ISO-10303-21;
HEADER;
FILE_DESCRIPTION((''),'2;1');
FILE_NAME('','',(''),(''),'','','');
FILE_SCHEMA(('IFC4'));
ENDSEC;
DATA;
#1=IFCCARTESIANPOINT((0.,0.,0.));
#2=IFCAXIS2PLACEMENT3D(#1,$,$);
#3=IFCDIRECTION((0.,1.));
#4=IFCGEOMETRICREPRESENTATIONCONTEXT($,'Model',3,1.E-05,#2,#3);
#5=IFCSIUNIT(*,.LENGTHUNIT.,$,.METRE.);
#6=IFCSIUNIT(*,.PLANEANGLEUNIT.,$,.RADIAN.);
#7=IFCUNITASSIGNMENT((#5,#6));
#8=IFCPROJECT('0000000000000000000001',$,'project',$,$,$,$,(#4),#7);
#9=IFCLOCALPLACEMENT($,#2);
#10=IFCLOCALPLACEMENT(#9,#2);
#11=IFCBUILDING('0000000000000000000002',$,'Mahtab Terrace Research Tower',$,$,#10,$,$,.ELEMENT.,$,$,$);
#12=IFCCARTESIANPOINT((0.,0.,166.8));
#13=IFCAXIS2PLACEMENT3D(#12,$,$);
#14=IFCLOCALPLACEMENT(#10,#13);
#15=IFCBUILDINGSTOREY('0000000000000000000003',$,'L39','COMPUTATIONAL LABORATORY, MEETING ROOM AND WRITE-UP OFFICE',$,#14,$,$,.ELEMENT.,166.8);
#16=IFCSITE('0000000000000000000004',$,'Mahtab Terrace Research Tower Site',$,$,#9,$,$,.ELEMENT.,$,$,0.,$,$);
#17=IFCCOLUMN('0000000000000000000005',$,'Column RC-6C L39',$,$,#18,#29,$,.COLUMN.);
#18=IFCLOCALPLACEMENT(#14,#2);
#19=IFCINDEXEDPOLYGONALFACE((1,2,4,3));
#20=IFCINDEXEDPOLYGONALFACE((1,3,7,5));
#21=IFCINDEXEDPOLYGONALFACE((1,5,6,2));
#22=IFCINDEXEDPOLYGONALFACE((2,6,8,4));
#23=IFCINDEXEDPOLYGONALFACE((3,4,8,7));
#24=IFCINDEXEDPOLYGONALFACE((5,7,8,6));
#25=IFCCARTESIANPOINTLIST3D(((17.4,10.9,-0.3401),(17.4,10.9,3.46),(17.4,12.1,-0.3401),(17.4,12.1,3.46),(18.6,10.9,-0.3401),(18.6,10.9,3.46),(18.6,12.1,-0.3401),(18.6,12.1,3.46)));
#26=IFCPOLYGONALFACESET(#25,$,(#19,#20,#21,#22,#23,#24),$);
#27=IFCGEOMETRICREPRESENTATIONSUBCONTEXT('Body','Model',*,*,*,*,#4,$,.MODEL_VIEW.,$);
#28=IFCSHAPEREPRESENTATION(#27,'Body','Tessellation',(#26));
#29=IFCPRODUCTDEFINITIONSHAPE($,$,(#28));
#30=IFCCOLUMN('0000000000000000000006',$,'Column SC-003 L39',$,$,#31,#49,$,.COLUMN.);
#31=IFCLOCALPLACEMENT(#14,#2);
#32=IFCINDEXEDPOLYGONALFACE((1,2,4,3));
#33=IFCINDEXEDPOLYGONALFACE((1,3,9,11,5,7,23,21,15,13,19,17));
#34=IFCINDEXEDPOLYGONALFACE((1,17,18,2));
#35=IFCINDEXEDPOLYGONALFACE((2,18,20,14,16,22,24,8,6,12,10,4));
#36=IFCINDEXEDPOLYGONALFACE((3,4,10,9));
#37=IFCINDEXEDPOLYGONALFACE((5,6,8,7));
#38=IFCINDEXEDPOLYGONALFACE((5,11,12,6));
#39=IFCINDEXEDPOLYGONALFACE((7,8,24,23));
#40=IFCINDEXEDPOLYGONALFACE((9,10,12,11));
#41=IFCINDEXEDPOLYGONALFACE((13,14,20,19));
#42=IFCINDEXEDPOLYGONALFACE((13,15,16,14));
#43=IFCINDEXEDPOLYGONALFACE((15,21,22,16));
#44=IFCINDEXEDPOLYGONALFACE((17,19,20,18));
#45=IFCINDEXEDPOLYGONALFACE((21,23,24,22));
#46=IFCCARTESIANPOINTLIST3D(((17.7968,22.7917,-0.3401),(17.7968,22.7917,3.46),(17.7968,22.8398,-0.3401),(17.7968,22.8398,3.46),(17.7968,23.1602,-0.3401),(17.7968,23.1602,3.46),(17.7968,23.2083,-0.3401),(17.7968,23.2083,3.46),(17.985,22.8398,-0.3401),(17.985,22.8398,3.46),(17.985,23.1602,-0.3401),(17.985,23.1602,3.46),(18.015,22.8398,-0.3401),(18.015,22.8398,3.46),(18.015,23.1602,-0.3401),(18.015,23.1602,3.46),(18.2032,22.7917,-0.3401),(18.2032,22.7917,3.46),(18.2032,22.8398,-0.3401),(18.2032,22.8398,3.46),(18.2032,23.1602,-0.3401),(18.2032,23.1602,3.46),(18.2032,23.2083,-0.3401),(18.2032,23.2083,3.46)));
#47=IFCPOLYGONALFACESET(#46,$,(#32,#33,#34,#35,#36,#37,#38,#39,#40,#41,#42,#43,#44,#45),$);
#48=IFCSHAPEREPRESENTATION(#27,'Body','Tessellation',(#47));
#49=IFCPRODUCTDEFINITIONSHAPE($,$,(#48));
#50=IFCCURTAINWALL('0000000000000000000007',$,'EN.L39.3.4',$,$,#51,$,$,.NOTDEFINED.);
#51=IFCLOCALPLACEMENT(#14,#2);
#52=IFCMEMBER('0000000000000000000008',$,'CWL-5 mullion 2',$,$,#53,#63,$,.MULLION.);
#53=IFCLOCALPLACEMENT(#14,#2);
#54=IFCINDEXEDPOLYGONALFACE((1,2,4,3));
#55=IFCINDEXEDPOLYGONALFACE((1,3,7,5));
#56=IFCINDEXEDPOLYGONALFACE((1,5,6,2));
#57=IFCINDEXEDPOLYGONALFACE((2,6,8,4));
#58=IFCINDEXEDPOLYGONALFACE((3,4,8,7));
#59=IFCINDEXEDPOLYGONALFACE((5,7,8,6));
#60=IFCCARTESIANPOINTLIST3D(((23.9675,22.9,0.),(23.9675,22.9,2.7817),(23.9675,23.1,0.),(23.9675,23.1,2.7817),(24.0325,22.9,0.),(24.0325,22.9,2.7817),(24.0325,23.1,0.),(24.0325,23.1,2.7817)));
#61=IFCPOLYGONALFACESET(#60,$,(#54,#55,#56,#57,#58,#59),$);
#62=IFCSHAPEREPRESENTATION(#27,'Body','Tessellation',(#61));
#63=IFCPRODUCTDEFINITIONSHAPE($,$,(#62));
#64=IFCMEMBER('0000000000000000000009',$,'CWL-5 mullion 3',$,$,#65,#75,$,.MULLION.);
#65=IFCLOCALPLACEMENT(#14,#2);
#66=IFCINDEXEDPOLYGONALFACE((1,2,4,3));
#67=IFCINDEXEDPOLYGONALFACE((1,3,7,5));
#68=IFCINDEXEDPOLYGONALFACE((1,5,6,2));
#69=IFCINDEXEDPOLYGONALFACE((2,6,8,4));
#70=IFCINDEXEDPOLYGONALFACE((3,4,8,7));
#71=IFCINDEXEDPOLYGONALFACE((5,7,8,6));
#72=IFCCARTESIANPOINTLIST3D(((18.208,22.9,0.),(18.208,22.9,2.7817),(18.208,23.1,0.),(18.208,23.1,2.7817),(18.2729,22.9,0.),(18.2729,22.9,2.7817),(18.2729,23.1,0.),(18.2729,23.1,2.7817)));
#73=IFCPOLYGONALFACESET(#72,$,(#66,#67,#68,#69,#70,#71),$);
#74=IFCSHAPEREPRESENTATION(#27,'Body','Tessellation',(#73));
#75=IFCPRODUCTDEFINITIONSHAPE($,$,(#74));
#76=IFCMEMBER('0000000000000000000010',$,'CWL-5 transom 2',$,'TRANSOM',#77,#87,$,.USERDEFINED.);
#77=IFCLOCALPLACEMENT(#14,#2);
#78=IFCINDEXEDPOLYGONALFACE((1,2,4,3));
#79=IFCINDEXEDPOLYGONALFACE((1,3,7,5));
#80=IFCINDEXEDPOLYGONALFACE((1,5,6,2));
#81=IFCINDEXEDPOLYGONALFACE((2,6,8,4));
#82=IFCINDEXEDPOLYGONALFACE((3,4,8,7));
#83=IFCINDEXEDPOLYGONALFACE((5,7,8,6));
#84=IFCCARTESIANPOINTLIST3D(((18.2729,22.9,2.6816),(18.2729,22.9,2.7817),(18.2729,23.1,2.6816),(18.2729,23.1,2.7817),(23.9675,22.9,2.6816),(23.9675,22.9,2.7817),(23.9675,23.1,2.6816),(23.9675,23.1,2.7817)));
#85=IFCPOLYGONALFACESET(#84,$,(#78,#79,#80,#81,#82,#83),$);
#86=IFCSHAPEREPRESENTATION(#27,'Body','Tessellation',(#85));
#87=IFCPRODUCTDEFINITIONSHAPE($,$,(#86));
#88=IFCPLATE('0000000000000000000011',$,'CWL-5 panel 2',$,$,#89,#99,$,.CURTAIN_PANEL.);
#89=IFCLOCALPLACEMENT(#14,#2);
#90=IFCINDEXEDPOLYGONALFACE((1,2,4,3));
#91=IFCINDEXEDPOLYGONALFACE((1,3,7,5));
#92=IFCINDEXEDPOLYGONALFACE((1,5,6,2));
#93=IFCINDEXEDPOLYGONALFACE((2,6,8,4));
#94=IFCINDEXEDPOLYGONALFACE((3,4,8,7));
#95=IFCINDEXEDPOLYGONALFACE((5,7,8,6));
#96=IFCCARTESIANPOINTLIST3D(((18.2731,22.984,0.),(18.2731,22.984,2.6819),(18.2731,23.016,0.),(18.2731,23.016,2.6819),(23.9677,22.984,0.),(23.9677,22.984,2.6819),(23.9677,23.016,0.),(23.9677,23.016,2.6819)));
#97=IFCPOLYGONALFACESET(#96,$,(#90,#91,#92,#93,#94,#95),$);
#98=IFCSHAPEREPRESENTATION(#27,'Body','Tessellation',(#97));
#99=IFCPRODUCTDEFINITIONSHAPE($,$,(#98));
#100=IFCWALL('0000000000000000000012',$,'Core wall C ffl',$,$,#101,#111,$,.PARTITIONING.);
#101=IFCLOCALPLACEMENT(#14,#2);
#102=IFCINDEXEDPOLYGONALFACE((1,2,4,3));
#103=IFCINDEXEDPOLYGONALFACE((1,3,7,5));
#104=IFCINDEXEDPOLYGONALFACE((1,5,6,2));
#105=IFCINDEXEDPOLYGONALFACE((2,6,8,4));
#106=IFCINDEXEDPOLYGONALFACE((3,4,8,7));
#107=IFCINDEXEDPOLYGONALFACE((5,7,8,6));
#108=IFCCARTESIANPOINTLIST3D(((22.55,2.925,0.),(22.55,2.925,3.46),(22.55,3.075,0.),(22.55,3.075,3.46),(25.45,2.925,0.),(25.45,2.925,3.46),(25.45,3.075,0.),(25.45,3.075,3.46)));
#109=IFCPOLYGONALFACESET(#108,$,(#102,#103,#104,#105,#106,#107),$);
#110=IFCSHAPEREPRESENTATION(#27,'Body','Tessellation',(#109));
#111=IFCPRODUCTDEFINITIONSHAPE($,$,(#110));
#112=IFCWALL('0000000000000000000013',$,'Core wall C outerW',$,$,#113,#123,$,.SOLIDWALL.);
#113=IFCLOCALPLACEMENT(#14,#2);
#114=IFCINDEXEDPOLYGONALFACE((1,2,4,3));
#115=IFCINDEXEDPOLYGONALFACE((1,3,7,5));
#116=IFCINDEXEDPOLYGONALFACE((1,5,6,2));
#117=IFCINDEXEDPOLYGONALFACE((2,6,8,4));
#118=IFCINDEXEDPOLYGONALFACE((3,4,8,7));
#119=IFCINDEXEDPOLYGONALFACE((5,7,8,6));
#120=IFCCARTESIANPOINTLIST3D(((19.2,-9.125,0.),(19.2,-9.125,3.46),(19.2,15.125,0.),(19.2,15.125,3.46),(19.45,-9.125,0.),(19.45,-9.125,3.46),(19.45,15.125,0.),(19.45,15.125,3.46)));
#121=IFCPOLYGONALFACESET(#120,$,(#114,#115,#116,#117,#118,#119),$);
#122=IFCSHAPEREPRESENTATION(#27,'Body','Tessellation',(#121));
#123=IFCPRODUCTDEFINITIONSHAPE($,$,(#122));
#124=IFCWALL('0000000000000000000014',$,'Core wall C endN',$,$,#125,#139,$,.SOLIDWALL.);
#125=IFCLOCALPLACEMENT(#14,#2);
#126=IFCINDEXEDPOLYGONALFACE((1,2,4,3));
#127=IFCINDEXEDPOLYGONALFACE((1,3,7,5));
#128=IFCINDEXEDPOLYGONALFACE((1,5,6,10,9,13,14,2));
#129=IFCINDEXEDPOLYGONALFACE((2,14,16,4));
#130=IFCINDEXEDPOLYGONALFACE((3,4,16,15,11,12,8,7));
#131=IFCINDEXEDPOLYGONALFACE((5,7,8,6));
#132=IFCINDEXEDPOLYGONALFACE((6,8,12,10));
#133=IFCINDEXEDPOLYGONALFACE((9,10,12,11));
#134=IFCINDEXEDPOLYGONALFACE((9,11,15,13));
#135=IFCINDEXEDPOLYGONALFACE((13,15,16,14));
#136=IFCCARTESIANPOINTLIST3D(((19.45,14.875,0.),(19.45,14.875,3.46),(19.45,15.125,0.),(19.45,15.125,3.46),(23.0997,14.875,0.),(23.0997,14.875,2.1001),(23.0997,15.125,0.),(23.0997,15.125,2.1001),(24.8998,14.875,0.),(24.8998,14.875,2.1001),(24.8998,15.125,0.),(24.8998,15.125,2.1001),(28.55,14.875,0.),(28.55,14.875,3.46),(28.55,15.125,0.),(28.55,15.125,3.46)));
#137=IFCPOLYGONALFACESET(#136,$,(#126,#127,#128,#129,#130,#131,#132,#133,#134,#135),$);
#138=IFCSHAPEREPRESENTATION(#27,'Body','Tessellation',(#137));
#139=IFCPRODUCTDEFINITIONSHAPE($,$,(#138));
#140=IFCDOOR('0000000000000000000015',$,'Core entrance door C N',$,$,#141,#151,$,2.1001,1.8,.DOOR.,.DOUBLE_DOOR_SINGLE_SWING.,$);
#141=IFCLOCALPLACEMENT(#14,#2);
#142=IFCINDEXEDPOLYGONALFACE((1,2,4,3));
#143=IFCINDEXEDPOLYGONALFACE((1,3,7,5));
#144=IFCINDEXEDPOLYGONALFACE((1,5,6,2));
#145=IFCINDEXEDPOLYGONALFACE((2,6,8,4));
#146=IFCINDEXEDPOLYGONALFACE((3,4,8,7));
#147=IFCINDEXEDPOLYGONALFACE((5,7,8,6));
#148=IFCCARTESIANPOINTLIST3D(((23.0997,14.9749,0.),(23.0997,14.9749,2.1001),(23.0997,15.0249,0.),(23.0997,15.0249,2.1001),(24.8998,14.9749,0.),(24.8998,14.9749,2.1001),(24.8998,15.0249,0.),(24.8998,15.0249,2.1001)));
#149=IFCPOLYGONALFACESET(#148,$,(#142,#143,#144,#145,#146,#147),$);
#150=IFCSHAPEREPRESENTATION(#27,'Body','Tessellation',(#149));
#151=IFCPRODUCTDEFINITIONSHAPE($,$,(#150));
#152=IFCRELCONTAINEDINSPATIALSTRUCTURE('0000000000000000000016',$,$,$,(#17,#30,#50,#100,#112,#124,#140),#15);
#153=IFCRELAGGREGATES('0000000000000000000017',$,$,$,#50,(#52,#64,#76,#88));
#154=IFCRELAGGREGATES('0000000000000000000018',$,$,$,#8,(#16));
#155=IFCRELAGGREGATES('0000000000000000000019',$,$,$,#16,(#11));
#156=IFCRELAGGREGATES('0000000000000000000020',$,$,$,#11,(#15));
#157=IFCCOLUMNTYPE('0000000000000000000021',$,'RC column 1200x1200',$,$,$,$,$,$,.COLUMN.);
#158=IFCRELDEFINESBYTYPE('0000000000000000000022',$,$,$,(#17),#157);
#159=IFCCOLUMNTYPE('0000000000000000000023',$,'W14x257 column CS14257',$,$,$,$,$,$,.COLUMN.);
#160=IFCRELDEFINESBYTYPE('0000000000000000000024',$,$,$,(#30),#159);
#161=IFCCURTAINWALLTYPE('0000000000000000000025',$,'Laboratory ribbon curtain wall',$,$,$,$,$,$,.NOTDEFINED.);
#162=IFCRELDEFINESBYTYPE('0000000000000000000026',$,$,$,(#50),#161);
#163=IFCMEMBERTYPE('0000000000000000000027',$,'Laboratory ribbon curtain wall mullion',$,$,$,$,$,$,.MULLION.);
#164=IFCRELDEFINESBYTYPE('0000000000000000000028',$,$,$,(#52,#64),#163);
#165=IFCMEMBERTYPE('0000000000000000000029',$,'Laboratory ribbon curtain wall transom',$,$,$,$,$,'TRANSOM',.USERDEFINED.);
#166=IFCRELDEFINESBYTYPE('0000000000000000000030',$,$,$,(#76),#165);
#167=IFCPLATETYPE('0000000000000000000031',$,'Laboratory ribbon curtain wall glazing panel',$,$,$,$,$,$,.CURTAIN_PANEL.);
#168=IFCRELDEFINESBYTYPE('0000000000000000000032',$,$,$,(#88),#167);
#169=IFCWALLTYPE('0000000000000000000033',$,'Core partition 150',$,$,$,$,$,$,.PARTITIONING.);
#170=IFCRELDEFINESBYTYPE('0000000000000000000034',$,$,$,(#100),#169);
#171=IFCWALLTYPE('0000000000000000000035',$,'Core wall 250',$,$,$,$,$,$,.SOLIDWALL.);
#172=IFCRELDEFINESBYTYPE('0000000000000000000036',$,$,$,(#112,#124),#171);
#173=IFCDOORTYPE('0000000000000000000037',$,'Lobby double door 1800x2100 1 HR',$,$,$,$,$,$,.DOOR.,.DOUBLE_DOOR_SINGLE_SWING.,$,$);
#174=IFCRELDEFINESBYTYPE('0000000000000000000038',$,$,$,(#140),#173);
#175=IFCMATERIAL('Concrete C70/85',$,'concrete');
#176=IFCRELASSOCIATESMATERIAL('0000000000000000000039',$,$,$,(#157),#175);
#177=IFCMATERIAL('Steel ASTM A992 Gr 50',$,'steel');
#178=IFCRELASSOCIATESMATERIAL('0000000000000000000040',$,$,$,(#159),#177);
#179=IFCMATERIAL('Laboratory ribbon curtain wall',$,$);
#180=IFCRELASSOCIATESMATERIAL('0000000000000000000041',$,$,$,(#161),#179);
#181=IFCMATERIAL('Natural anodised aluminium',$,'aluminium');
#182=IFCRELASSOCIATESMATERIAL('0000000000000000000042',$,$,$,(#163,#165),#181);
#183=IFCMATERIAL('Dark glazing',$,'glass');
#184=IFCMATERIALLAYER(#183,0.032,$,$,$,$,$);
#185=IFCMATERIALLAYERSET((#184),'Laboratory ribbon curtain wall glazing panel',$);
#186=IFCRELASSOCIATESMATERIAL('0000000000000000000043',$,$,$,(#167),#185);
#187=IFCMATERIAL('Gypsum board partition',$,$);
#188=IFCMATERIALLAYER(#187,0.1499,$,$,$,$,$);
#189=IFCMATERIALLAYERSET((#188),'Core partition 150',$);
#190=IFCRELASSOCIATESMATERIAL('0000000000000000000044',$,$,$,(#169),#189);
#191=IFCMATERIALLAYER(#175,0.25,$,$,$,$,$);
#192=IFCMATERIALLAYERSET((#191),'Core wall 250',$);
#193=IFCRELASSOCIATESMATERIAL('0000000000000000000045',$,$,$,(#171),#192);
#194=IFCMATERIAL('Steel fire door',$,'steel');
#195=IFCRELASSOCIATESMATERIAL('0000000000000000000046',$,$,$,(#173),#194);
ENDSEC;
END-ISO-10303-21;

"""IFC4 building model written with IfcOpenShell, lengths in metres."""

from ifc_helpers import new_model, si_unit, direction, frame, frame_2d, origin, origin_2d, place, context, subcontext, project, spatial, rectangle, i_section, extrude, material, layer, layer_set, material_profile, profile_set, type_object, element, fill, aggregate, save


model = new_model("IFC4")

# Units and contexts
model_context = context("Model", 3, precision=1e-05, world=origin(), true_north=direction((0.0, 1.0)))
body_context = subcontext(model_context, "Body", "Model", "MODEL_VIEW")
ifc_project = project(units=[si_unit("LENGTHUNIT", "METRE"), si_unit("PLANEANGLEUNIT", "RADIAN")], contexts=[model_context])

# Site, building, storey
site_placement = place(None, origin())
site = spatial("IfcSite", under=ifc_project, at=site_placement, Name="Mahtab Terrace Research Tower Site", CompositionType="ELEMENT", RefElevation=0.0)
building_placement = place(site_placement, origin())
building = spatial("IfcBuilding", under=site, at=building_placement, Name="Mahtab Terrace Research Tower", CompositionType="ELEMENT")
storey_placement = place(building_placement, frame((0.0, 0.0, 166.8)))
storey = spatial("IfcBuildingStorey", under=building, at=storey_placement, Name="L39", Description="COMPUTATIONAL LABORATORY, MEETING ROOM AND WRITE-UP OFFICE", CompositionType="ELEMENT", Elevation=166.8)

# Columns
ifc_material_1 = material(Name="Concrete C70/85", Category="concrete")
ifc_material_profile_1 = material_profile(ifc_material_1, rectangle(XDim=1.2, YDim=1.2, at=origin_2d()), Name="RC column 1200x1200")
ifc_profile_set_1 = profile_set([ifc_material_profile_1], Name="Concrete C70/85")
column_type_1 = type_object("IfcColumnType", Name="RC column 1200x1200", PredefinedType="COLUMN", material=ifc_profile_set_1)
column_1_placement = place(storey_placement, frame((18.0, 11.5, -0.3401), z_axis=(0.0, 0.0, 1.0), x_axis=(1.0, 0.0, 0.0)))
element("IfcColumn", 1, at=column_1_placement, inside=storey, type_object=column_type_1, Name="Column RC-6C L39", PredefinedType="COLUMN", context=body_context, shape_type="SweptSolid", body=[
    extrude(rectangle(XDim=1.2, YDim=1.2, at=origin_2d()), origin(), (0.0, 0.0, 1.0), 3.8),
])
ifc_material_2 = material(Name="Steel ASTM A992 Gr 50", Category="steel")
ifc_material_profile_2 = material_profile(ifc_material_2, i_section(OverallWidth=0.4065, OverallDepth=0.4165, WebThickness=0.03, FlangeThickness=0.0481, at=origin_2d()), Name="W14X257")
ifc_profile_set_2 = profile_set([ifc_material_profile_2], Name="Steel ASTM A992 Gr 50")
column_type_2 = type_object("IfcColumnType", Name="W14x257 column CS14257", PredefinedType="COLUMN", material=ifc_profile_set_2)
column_2_placement = place(storey_placement, frame((18.0, 23.0, -0.3401), z_axis=(0.0, 0.0, 1.0), x_axis=(1.0, 0.0, 0.0)))
element("IfcColumn", 2, at=column_2_placement, inside=storey, type_object=column_type_2, Name="Column SC-003 L39", PredefinedType="COLUMN", context=body_context, shape_type="SweptSolid", body=[
    extrude(i_section(OverallWidth=0.4065, OverallDepth=0.4165, WebThickness=0.03, FlangeThickness=0.0481, at=origin_2d()), origin(), (0.0, 0.0, 1.0), 3.8),
])

# Curtain wall, members, plate
ifc_material_3 = material(Name="Laboratory ribbon curtain wall")
curtain_wall_type = type_object("IfcCurtainWallType", Name="Laboratory ribbon curtain wall", PredefinedType="NOTDEFINED", material=ifc_material_3)
curtain_wall_placement = place(storey_placement, origin())
curtain_wall = element("IfcCurtainWall", 3, at=curtain_wall_placement, inside=storey, type_object=curtain_wall_type, Name="EN.L39.3.4", PredefinedType="NOTDEFINED")
ifc_material_4 = material(Name="Natural anodised aluminium", Category="aluminium")
ifc_material_profile_3 = material_profile(ifc_material_4, rectangle(XDim=0.2, YDim=0.0649, at=origin_2d()), Name="MULLION 65x200")
ifc_profile_set_3 = profile_set([ifc_material_profile_3], Name="Natural anodised aluminium")
member_type_1 = type_object("IfcMemberType", Name="Laboratory ribbon curtain wall mullion", PredefinedType="MULLION", material=ifc_profile_set_3)
member_1_placement = place(storey_placement, frame((24.0, 23.0, 0.0), z_axis=(0.0, 0.0, 1.0), x_axis=(0.0, -1.0, 0.0)))
member_1 = element("IfcMember", 4, at=member_1_placement, type_object=member_type_1, Name="CWL-5 mullion 2", PredefinedType="MULLION", context=body_context, shape_type="SweptSolid", body=[
    extrude(rectangle(XDim=0.2, YDim=0.0649, at=origin_2d()), origin(), (0.0, 0.0, 1.0), 2.7817),
])
member_2_placement = place(storey_placement, frame((18.2405, 23.0, 0.0), z_axis=(0.0, 0.0, 1.0), x_axis=(0.0, -1.0, 0.0)))
member_2 = element("IfcMember", 5, at=member_2_placement, type_object=member_type_1, Name="CWL-5 mullion 3", PredefinedType="MULLION", context=body_context, shape_type="SweptSolid", body=[
    extrude(rectangle(XDim=0.2, YDim=0.0649, at=origin_2d()), origin(), (0.0, 0.0, 1.0), 2.7817),
])
ifc_material_profile_4 = material_profile(ifc_material_4, rectangle(XDim=0.2, YDim=0.1001, at=origin_2d()), Name="TRANSOM 100x200")
ifc_profile_set_4 = profile_set([ifc_material_profile_4], Name="Natural anodised aluminium")
member_type_2 = type_object("IfcMemberType", Name="Laboratory ribbon curtain wall transom", ElementType="TRANSOM", PredefinedType="USERDEFINED", material=ifc_profile_set_4)
member_3_placement = place(storey_placement, frame((23.9675, 23.0, 2.7317), z_axis=(-1.0, 0.0, 0.0), x_axis=(0.0, -1.0, 0.0)))
member_3 = element("IfcMember", 6, at=member_3_placement, type_object=member_type_2, Name="CWL-5 transom 2", ObjectType="TRANSOM", PredefinedType="USERDEFINED", context=body_context, shape_type="SweptSolid", body=[
    extrude(rectangle(XDim=0.2, YDim=0.1001, at=origin_2d()), origin(), (0.0, 0.0, 1.0), 5.6946),
])
ifc_material_5 = material(Name="Dark glazing", Category="glass")
ifc_layer_1 = layer(ifc_material_5, 0.032)
ifc_layer_set_1 = layer_set([ifc_layer_1], Name="Laboratory ribbon curtain wall glazing panel")
plate_type = type_object("IfcPlateType", Name="Laboratory ribbon curtain wall glazing panel", PredefinedType="CURTAIN_PANEL", material=ifc_layer_set_1)
plate_placement = place(storey_placement, frame((21.1204, 23.0, 0.0), z_axis=(0.0, 0.0, 1.0), x_axis=(-1.0, 0.0, 0.0)))
plate = element("IfcPlate", 7, at=plate_placement, type_object=plate_type, Name="CWL-5 panel 2", PredefinedType="CURTAIN_PANEL", context=body_context, shape_type="SweptSolid", body=[
    extrude(rectangle(XDim=5.6946, YDim=0.032, at=origin_2d()), origin(), (0.0, 0.0, 1.0), 2.6819),
])
aggregate(curtain_wall, [member_1, member_2, member_3, plate])

# Walls
ifc_material_6 = material(Name="Gypsum board partition")
ifc_layer_2 = layer(ifc_material_6, 0.1499)
ifc_layer_set_2 = layer_set([ifc_layer_2], Name="Core partition 150")
wall_type_1 = type_object("IfcWallType", Name="Core partition 150", PredefinedType="PARTITIONING", material=ifc_layer_set_2)
wall_1_placement = place(storey_placement, frame((22.55, 3.0, 0.0), z_axis=(0.0, 0.0, 1.0), x_axis=(1.0, 0.0, 0.0)))
element("IfcWall", 8, at=wall_1_placement, inside=storey, type_object=wall_type_1, Name="Core wall C ffl", PredefinedType="PARTITIONING", context=body_context, shape_type="SweptSolid", body=[
    extrude(rectangle(XDim=2.8999, YDim=0.1499, at=frame_2d((1.45, 0.0))), origin(), (0.0, 0.0, 1.0), 3.46),
])
ifc_layer_3 = layer(ifc_material_1, 0.25)
ifc_layer_set_3 = layer_set([ifc_layer_3], Name="Core wall 250")
wall_type_2 = type_object("IfcWallType", Name="Core wall 250", PredefinedType="SOLIDWALL", material=ifc_layer_set_3)
wall_2_placement = place(storey_placement, frame((19.325, 15.125, 0.0), z_axis=(0.0, 0.0, 1.0), x_axis=(0.0, -1.0, 0.0)))
element("IfcWall", 9, at=wall_2_placement, inside=storey, type_object=wall_type_2, Name="Core wall C outerW", PredefinedType="SOLIDWALL", context=body_context, shape_type="SweptSolid", body=[
    extrude(rectangle(XDim=24.25, YDim=0.25, at=frame_2d((12.125, 0.0))), origin(), (0.0, 0.0, 1.0), 3.46),
])

# Wall, opening, door
wall_3_placement = place(storey_placement, frame((19.45, 15.0, 0.0), z_axis=(0.0, 0.0, 1.0), x_axis=(1.0, 0.0, 0.0)))
wall_3 = element("IfcWall", 10, at=wall_3_placement, inside=storey, type_object=wall_type_2, Name="Core wall C endN", PredefinedType="SOLIDWALL", context=body_context, shape_type="SweptSolid", body=[
    extrude(rectangle(XDim=9.1001, YDim=0.25, at=frame_2d((4.55, 0.0))), origin(), (0.0, 0.0, 1.0), 3.46),
])
opening_1_placement = place(wall_3_placement, frame((3.6499, 0.0, 0.0)))
opening_1 = element("IfcOpeningElement", 11, at=opening_1_placement, cuts=wall_3, PredefinedType="OPENING", context=body_context, shape_type="SweptSolid", body=[
    extrude(rectangle(XDim=1.8, YDim=2.1001, at=frame_2d((0.8999, 1.05))), frame((0.0, 0.135, 0.0), z_axis=(0.0, -1.0, 0.0), x_axis=(1.0, 0.0, 0.0)), (0.0, 0.0, 1.0), 0.27),
])
ifc_material_7 = material(Name="Steel fire door", Category="steel")
door_type_1 = type_object("IfcDoorType", Name="Lobby double door 1800x2100 1 HR", OperationType="DOUBLE_DOOR_SINGLE_SWING", PredefinedType="DOOR", material=ifc_material_7)
door_1_placement = place(opening_1_placement, origin())
door_1 = element("IfcDoor", 12, at=door_1_placement, inside=storey, type_object=door_type_1, Name="Core entrance door C N", OperationType="DOUBLE_DOOR_SINGLE_SWING", OverallHeight=2.1001, OverallWidth=1.8, PredefinedType="DOOR", context=body_context, shape_type="SweptSolid", body=[
    extrude(rectangle(XDim=1.8, YDim=2.1001, at=frame_2d((0.8999, 1.05))), frame((0.0, 0.0249, 0.0), z_axis=(0.0, -1.0, 0.0), x_axis=(1.0, 0.0, 0.0)), (0.0, 0.0, 1.0), 0.05),
])
fill(opening_1, door_1)

save(model, "model.ifc")
